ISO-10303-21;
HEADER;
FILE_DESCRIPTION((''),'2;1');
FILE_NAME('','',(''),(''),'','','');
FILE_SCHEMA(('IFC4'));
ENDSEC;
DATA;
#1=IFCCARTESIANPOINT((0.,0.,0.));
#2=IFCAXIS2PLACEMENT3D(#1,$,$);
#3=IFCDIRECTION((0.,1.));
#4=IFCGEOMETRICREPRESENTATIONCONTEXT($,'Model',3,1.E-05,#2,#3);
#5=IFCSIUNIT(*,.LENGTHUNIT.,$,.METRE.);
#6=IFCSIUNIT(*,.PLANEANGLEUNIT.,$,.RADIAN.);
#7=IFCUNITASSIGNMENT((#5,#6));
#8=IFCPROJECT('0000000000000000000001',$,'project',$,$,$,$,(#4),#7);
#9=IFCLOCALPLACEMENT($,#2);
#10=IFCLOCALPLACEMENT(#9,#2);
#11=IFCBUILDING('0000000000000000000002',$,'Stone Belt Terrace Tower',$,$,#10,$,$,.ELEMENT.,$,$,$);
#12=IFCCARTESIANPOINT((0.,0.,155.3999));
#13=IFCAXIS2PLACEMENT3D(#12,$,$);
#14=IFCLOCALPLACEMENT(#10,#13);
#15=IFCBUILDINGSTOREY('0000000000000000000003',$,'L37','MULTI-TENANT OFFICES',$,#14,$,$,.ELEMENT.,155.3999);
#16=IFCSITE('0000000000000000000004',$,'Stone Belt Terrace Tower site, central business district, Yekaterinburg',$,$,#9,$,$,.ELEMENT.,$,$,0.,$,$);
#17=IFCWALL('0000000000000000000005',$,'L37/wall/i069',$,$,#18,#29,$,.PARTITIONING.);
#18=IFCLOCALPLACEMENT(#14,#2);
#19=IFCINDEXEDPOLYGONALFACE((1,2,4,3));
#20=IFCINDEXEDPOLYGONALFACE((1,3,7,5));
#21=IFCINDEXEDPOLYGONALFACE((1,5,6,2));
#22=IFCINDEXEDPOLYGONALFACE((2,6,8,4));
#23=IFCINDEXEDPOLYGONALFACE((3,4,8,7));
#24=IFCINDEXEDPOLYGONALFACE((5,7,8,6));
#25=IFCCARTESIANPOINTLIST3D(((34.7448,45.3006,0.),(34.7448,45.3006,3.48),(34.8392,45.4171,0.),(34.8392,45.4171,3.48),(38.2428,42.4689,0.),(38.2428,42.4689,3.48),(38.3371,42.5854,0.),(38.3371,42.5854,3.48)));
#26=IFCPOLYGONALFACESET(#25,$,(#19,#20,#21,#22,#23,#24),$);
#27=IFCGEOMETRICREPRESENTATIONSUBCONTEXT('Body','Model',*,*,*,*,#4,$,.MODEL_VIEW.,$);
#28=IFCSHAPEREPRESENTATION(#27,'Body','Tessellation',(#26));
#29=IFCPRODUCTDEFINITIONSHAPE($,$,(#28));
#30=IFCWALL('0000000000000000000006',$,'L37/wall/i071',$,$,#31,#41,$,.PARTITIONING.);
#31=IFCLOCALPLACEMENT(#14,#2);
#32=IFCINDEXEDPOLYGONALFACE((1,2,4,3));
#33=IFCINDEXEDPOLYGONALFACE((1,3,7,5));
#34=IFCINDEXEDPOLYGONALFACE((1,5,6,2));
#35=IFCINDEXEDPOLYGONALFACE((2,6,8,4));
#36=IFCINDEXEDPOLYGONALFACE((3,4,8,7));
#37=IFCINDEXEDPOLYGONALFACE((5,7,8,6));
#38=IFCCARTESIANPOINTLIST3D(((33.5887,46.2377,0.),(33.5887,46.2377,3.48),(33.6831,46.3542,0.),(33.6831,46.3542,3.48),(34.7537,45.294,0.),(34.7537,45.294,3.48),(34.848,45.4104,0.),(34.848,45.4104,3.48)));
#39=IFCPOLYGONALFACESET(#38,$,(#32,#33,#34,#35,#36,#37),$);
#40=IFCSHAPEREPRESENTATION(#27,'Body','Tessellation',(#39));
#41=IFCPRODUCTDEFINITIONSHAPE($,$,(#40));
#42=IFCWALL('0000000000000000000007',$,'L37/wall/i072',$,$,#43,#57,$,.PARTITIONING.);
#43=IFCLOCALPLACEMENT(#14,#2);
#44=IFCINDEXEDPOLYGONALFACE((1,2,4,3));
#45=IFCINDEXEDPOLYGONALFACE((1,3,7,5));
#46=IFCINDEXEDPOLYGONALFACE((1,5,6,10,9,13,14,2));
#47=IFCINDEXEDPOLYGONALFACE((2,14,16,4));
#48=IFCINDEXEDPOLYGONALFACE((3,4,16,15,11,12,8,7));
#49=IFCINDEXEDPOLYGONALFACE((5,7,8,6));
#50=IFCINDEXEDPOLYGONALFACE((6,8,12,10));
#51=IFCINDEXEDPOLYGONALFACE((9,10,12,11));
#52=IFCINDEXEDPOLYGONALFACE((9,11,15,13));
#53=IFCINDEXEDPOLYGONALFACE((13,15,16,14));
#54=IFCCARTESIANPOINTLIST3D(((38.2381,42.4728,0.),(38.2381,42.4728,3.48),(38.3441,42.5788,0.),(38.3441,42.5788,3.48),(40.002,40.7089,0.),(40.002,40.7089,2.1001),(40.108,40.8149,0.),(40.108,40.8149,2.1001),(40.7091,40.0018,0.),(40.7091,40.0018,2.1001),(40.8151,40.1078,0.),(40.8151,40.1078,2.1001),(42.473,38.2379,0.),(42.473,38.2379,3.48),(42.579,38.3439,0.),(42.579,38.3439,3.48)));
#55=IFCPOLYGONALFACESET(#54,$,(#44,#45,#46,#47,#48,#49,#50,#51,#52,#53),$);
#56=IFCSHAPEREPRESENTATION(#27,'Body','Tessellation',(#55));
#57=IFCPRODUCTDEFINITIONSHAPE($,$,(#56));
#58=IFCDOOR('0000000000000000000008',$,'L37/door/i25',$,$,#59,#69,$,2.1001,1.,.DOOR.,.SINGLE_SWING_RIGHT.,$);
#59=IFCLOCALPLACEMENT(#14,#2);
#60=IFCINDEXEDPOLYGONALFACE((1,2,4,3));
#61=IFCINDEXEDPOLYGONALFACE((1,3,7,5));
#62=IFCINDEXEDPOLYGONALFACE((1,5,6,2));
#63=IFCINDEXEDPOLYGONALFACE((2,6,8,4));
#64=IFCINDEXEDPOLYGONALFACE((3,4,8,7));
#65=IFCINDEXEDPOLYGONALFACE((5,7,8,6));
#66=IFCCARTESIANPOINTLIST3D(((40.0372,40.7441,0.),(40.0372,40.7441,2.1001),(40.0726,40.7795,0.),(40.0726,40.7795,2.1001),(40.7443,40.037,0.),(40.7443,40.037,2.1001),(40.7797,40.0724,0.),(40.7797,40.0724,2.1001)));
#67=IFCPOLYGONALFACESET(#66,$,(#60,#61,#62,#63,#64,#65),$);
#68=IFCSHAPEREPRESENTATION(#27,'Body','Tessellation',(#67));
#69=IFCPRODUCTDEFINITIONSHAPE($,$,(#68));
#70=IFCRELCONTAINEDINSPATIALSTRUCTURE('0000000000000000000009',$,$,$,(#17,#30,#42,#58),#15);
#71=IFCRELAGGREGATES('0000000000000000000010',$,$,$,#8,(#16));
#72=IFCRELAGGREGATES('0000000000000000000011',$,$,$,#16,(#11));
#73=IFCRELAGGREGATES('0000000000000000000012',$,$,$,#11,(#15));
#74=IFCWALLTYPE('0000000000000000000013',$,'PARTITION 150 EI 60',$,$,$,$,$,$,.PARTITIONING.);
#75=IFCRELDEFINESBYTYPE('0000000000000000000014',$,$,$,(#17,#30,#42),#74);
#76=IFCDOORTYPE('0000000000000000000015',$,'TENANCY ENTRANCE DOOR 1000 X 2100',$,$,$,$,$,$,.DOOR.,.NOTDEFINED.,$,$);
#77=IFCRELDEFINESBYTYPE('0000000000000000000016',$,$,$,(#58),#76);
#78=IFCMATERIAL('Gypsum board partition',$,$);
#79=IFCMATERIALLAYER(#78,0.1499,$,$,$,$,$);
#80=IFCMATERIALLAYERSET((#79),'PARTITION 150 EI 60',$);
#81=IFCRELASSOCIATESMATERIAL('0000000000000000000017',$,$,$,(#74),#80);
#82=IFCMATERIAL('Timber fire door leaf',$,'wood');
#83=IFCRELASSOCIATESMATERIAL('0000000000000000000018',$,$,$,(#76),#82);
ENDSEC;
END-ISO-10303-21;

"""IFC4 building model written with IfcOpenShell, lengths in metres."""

from ifc_helpers import new_model, si_unit, direction, frame, frame_2d, origin, place, context, subcontext, project, spatial, rectangle, extrude, material, layer, layer_set, type_object, element, fill, save


model = new_model("IFC4")

# Units and contexts
model_context = context("Model", 3, precision=1e-05, world=origin(), true_north=direction((0.0, 1.0)))
body_context = subcontext(model_context, "Body", "Model", "MODEL_VIEW")
ifc_project = project(units=[si_unit("LENGTHUNIT", "METRE"), si_unit("PLANEANGLEUNIT", "RADIAN")], contexts=[model_context])

# Site, building, storey
site_placement = place(None, origin())
site = spatial("IfcSite", under=ifc_project, at=site_placement, Name="Stone Belt Terrace Tower site, central business district, Yekaterinburg", CompositionType="ELEMENT", RefElevation=0.0)
building_placement = place(site_placement, origin())
building = spatial("IfcBuilding", under=site, at=building_placement, Name="Stone Belt Terrace Tower", CompositionType="ELEMENT")
storey_placement = place(building_placement, frame((0.0, 0.0, 155.3999)))
storey = spatial("IfcBuildingStorey", under=building, at=storey_placement, Name="L37", Description="MULTI-TENANT OFFICES", CompositionType="ELEMENT", Elevation=155.3999)

# Shared definitions
ifc_material_1 = material(Name="Gypsum board partition")

# Shared definitions
ifc_layer_1 = layer(ifc_material_1, 0.1499)
ifc_layer_set_1 = layer_set([ifc_layer_1], Name="PARTITION 150 EI 60")
wall_type_1 = type_object("IfcWallType", Name="PARTITION 150 EI 60", PredefinedType="PARTITIONING", material=ifc_layer_set_1)
ifc_material_2 = material(Name="Timber fire door leaf", Category="wood")

# Walls
wall_1_placement = place(storey_placement, frame((34.792, 45.3589, 0.0), z_axis=(0.0, 0.0, 1.0), x_axis=(0.777241, -0.629203, 0.0)))
element("IfcWall", 1, at=wall_1_placement, inside=storey, type_object=wall_type_1, Name="L37/wall/i069", PredefinedType="PARTITIONING", context=body_context, shape_type="SweptSolid", body=[
    extrude(rectangle(XDim=4.5005, YDim=0.1499, at=frame_2d((2.2502, 0.0))), origin(), (0.0, 0.0, 1.0), 3.48),
])
wall_2_placement = place(storey_placement, frame((33.636, 46.2959, 0.0), z_axis=(0.0, 0.0, 1.0), x_axis=(0.77701, -0.629489, 0.0)))
element("IfcWall", 2, at=wall_2_placement, inside=storey, type_object=wall_type_1, Name="L37/wall/i071", PredefinedType="PARTITIONING", context=body_context, shape_type="SweptSolid", body=[
    extrude(rectangle(XDim=1.4993, YDim=0.1499, at=frame_2d((0.7495, 0.0))), origin(), (0.0, 0.0, 1.0), 3.48),
])

# Wall, opening, door
wall_3_placement = place(storey_placement, frame((38.291, 42.5259, 0.0), z_axis=(0.0, 0.0, 1.0), x_axis=(0.707107, -0.707107, 0.0)))
wall_3 = element("IfcWall", 3, at=wall_3_placement, inside=storey, type_object=wall_type_1, Name="L37/wall/i072", PredefinedType="PARTITIONING", context=body_context, shape_type="SweptSolid", body=[
    extrude(rectangle(XDim=5.989, YDim=0.1499, at=frame_2d((2.9946, 0.0))), origin(), (0.0, 0.0, 1.0), 3.48),
])
opening_1_placement = place(wall_3_placement, frame((2.4946, 0.0, 0.0)))
opening_1 = element("IfcOpeningElement", 4, at=opening_1_placement, cuts=wall_3, PredefinedType="OPENING", context=body_context, shape_type="SweptSolid", body=[
    extrude(rectangle(XDim=1.0, YDim=2.1001, at=frame_2d((0.5, 1.05))), frame((0.0, 0.085, 0.0), z_axis=(0.0, -1.0, 0.0), x_axis=(1.0, 0.0, 0.0)), (0.0, 0.0, 1.0), 0.1699),
])
door_type_1 = type_object("IfcDoorType", Name="TENANCY ENTRANCE DOOR 1000 X 2100", OperationType="NOTDEFINED", PredefinedType="DOOR", material=ifc_material_2)
door_1_placement = place(opening_1_placement, origin())
door_1 = element("IfcDoor", 5, at=door_1_placement, inside=storey, type_object=door_type_1, Name="L37/door/i25", OperationType="SINGLE_SWING_RIGHT", OverallHeight=2.1001, OverallWidth=1.0, PredefinedType="DOOR", context=body_context, shape_type="SweptSolid", body=[
    extrude(rectangle(XDim=1.0, YDim=2.1001, at=frame_2d((0.5, 1.05))), frame((0.0, 0.0249, 0.0), z_axis=(0.0, -1.0, 0.0), x_axis=(1.0, 0.0, 0.0)), (0.0, 0.0, 1.0), 0.05),
])
fill(opening_1, door_1)

save(model, "model.ifc")
